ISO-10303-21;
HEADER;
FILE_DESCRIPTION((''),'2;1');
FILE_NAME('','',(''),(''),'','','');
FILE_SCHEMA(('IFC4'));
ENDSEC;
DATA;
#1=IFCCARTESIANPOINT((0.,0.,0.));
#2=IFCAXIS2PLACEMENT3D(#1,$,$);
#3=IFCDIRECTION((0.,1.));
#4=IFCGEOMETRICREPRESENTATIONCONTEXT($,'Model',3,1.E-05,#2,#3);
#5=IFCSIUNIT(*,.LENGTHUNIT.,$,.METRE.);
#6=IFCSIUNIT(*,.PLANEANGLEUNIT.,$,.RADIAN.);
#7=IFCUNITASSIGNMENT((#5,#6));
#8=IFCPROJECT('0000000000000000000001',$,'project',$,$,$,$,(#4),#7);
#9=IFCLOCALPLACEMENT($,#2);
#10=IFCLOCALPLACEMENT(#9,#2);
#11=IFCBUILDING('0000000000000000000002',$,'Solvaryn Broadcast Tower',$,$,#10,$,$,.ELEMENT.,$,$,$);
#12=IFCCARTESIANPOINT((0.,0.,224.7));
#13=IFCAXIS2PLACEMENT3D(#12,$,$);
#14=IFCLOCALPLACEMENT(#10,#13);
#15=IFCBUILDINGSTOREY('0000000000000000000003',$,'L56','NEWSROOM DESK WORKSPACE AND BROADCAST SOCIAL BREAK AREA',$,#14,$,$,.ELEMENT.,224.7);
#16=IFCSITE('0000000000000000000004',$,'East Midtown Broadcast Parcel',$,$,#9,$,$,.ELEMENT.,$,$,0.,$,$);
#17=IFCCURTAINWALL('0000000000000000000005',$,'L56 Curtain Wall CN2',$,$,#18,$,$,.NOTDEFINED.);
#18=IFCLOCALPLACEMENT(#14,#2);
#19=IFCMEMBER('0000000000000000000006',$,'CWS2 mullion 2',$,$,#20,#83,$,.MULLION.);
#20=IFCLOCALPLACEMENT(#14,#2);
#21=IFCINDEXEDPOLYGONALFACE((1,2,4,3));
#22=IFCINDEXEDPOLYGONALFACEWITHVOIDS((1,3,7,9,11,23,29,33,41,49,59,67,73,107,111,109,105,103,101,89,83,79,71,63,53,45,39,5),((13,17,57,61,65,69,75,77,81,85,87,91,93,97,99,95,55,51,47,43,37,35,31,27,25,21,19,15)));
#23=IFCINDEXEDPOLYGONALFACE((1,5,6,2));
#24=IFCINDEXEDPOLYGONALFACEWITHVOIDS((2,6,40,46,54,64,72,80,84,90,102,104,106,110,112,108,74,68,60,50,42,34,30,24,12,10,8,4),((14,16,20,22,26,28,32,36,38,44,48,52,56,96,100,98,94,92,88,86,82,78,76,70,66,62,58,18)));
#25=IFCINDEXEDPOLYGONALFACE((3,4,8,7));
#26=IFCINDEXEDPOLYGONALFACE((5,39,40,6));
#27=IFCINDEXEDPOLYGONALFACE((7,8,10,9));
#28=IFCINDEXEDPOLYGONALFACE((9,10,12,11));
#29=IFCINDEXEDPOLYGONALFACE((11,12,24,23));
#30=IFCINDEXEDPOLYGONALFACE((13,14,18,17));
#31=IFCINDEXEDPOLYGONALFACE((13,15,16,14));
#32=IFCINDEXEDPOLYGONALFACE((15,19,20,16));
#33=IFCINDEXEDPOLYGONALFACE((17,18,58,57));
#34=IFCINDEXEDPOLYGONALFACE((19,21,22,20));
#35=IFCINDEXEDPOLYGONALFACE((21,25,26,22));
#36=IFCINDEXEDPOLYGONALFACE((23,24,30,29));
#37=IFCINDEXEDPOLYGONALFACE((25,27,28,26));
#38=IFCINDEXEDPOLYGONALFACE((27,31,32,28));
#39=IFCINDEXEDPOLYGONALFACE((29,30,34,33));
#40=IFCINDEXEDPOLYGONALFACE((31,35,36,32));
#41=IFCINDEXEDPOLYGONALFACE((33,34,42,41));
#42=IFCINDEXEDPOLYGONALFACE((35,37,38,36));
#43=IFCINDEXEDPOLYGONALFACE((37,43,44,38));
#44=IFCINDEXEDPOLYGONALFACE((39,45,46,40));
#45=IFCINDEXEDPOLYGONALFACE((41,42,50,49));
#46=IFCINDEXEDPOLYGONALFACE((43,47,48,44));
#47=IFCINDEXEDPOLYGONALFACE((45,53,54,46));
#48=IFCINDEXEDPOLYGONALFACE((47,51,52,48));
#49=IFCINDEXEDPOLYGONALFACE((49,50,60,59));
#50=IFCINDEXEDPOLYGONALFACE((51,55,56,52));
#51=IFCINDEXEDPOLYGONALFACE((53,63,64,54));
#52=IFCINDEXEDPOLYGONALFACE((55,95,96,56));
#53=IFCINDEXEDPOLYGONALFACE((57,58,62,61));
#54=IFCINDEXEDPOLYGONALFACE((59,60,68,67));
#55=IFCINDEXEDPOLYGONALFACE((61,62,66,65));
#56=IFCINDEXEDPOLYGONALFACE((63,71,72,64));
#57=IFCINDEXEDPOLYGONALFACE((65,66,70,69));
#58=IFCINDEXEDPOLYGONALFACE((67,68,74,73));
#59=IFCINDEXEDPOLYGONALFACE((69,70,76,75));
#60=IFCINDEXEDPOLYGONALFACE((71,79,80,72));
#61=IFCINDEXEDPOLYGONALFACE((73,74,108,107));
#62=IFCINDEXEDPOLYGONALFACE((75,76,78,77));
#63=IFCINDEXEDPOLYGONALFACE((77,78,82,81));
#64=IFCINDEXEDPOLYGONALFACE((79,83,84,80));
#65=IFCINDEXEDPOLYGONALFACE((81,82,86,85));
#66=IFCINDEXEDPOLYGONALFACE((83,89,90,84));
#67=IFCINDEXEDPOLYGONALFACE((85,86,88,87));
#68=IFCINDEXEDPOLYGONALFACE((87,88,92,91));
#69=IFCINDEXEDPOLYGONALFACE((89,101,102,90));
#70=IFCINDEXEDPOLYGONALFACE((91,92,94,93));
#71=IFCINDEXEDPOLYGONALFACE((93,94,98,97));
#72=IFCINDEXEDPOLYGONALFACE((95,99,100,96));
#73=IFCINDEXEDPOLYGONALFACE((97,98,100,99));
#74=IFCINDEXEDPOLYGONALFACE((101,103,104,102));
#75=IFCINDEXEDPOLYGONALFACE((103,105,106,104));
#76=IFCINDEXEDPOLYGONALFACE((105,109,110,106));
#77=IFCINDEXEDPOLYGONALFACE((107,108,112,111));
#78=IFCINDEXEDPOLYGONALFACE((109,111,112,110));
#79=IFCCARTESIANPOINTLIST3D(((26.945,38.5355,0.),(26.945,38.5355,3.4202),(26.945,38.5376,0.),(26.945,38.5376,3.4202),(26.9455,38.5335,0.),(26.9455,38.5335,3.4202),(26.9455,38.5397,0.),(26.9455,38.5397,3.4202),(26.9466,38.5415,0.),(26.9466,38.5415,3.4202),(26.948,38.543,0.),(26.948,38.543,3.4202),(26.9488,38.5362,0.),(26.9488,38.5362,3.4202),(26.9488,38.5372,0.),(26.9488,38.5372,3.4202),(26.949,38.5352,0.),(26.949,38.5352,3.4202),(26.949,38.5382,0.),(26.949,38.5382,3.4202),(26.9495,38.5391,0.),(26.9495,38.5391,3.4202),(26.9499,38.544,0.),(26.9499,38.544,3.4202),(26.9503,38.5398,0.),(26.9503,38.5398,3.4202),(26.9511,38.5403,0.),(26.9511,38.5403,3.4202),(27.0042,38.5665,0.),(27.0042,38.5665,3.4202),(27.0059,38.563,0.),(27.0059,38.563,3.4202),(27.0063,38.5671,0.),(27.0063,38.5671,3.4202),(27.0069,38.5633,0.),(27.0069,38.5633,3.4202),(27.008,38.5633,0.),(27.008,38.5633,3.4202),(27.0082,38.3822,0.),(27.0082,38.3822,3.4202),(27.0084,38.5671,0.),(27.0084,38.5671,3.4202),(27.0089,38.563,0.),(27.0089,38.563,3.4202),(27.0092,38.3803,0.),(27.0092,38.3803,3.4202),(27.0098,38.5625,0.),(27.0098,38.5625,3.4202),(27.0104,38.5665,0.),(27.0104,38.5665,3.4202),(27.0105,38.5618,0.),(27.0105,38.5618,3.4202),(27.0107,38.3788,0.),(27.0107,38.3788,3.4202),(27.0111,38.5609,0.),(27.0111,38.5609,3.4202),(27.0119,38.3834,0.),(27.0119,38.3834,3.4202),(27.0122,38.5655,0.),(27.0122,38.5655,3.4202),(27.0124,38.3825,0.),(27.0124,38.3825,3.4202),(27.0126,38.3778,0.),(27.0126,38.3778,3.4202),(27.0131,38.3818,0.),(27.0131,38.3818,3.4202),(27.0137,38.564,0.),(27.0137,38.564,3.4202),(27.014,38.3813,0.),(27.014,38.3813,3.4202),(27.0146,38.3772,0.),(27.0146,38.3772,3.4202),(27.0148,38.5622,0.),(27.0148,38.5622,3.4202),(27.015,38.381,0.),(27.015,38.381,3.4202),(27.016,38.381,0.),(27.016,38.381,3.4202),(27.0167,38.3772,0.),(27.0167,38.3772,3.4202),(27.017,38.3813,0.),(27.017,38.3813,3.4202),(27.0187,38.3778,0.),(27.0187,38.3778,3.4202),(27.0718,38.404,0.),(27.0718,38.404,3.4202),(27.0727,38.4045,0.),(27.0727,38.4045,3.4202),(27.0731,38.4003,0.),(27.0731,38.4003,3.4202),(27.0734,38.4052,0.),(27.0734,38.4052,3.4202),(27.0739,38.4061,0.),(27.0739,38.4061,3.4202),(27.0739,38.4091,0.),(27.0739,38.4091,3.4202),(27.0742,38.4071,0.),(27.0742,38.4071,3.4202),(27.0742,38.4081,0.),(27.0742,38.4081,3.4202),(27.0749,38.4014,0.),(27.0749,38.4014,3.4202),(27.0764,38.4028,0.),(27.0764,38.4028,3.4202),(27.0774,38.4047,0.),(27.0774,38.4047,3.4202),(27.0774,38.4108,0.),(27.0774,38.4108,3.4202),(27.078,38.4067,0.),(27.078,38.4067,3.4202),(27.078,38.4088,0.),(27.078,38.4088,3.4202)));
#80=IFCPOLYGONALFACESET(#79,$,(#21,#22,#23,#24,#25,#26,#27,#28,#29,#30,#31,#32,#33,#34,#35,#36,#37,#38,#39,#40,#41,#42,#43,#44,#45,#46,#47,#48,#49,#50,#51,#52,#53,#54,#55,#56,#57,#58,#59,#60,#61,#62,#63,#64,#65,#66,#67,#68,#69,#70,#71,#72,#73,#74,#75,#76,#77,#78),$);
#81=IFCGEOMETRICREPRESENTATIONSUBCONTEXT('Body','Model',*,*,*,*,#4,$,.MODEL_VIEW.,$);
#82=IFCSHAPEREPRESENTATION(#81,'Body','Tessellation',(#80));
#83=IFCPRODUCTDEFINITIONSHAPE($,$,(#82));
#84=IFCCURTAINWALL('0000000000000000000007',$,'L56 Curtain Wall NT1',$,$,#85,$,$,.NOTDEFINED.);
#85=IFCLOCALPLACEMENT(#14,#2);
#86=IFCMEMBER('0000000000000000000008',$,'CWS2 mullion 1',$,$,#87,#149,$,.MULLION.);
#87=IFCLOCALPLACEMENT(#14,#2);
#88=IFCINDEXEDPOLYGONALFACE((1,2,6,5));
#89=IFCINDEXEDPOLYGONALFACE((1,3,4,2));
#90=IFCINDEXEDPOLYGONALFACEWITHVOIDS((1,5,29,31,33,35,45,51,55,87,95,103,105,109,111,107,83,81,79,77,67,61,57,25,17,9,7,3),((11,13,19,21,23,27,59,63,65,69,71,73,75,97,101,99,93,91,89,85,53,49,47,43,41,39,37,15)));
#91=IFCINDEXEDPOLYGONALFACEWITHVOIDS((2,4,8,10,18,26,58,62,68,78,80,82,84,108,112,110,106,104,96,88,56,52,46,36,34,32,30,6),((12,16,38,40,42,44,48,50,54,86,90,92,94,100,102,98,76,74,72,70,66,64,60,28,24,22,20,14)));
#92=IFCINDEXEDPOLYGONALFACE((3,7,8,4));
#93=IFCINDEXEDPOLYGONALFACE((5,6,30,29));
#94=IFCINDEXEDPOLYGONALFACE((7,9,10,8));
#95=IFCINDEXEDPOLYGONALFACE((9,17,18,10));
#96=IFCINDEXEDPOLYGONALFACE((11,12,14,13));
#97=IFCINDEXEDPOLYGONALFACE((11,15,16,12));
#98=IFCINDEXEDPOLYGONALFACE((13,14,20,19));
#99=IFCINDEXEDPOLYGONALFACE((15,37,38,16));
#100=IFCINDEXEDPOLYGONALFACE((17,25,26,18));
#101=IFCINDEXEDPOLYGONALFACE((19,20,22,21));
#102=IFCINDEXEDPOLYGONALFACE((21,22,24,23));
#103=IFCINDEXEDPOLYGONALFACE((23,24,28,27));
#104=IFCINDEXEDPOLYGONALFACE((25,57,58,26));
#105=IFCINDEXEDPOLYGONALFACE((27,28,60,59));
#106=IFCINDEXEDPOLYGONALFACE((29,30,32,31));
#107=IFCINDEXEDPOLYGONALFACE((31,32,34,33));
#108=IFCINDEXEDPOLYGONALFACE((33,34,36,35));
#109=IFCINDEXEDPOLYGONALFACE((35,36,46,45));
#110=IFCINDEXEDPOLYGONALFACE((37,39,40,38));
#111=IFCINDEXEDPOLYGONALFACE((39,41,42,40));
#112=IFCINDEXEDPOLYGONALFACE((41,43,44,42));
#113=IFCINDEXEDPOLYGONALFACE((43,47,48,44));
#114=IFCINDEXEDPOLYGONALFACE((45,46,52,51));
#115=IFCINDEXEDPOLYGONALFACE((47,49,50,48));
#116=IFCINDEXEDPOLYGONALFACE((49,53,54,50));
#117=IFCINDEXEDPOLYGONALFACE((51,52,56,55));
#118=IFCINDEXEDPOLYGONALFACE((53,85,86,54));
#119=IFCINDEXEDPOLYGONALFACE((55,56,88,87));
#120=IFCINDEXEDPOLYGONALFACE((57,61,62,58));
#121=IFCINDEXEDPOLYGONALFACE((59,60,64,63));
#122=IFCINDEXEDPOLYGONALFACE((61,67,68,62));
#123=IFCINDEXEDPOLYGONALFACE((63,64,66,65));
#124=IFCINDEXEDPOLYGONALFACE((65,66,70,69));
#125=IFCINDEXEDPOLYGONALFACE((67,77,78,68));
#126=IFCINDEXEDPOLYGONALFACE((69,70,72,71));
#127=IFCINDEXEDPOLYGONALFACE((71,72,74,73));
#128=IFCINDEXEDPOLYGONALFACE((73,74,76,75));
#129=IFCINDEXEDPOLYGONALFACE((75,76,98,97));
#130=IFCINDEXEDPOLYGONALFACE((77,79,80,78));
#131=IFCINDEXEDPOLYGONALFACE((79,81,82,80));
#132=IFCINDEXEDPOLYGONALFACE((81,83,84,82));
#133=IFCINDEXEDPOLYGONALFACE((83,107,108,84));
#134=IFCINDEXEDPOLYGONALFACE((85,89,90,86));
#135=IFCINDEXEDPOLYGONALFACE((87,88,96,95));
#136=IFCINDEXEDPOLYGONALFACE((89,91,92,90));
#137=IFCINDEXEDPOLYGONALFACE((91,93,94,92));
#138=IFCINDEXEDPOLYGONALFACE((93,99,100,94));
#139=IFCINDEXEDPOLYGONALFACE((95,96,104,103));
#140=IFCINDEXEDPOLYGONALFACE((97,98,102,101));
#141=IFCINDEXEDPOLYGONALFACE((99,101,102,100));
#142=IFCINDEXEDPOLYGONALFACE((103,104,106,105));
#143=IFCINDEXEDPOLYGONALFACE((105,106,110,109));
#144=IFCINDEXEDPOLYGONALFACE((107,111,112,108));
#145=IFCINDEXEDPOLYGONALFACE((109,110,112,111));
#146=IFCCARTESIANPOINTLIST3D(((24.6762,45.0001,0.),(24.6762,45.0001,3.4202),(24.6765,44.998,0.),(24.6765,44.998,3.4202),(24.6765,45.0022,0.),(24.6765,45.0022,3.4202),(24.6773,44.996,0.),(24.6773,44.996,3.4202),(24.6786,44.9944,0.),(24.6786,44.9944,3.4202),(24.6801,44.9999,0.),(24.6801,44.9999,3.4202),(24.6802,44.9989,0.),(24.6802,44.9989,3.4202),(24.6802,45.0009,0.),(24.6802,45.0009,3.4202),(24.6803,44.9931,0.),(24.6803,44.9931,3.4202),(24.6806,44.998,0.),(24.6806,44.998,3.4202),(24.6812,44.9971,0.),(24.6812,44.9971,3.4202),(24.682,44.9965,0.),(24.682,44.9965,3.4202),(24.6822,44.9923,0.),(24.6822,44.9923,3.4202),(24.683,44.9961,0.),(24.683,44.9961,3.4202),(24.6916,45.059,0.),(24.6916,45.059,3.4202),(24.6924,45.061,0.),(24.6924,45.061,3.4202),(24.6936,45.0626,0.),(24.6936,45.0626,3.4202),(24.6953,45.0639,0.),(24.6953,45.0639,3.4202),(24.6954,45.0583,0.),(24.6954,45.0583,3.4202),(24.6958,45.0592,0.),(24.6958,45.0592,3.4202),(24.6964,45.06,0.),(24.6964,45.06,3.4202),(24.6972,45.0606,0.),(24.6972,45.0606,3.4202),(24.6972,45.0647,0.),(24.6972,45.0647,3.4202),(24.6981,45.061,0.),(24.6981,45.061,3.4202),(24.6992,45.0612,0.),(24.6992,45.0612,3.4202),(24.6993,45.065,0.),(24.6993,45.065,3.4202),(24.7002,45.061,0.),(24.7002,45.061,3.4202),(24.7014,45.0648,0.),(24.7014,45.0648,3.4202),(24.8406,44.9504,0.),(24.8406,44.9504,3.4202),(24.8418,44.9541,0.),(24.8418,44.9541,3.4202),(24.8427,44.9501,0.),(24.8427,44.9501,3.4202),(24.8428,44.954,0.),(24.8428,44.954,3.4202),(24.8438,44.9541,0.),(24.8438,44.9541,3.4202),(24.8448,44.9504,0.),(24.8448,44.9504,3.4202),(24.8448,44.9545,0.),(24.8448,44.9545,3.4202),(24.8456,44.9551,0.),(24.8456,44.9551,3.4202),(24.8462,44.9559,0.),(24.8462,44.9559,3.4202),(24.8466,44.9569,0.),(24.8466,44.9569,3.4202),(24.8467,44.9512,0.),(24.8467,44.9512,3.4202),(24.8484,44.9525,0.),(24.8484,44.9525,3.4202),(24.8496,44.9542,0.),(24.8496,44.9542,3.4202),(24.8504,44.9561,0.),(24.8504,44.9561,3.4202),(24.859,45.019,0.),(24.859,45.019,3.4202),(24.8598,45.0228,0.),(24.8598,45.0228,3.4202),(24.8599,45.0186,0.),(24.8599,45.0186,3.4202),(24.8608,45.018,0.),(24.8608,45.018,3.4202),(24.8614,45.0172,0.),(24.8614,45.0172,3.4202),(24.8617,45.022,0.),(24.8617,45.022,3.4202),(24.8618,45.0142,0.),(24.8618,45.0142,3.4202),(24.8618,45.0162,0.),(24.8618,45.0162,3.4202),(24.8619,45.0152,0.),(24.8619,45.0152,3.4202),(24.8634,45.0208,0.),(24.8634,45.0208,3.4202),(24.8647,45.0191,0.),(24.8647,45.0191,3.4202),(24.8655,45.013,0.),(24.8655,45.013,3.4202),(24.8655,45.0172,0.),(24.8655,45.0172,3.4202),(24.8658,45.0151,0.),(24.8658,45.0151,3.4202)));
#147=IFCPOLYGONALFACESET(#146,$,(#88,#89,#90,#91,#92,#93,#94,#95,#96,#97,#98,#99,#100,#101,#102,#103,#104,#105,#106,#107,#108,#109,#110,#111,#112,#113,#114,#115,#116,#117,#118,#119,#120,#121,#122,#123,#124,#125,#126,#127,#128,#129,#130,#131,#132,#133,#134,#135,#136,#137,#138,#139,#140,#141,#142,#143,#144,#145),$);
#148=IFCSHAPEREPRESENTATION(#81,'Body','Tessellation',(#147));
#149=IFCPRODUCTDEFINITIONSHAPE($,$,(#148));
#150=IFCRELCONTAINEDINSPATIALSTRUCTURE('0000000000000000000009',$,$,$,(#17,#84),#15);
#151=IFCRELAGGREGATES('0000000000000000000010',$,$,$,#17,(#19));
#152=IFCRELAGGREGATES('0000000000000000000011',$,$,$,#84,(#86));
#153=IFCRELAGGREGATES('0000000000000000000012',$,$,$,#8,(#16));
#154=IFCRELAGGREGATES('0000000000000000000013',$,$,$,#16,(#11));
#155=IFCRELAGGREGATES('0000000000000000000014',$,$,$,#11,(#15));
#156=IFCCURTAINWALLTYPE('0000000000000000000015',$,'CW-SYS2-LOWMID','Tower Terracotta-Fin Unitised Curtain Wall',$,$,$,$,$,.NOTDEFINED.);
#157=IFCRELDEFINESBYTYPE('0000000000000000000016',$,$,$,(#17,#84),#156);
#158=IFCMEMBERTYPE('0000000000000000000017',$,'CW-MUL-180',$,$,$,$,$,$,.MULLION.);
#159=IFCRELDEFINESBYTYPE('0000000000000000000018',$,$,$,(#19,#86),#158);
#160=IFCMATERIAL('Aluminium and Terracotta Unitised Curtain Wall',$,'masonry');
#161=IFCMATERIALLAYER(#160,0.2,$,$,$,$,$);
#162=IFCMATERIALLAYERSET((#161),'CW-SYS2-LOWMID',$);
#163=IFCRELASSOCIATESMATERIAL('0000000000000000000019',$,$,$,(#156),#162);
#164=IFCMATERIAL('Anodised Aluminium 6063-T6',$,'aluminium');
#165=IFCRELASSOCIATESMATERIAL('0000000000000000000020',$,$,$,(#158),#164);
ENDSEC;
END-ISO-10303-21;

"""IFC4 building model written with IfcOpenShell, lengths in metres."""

from ifc_helpers import new_model, si_unit, direction, frame, origin, origin_2d, place, context, subcontext, project, spatial, hollow_rectangle, extrude, material, layer, layer_set, material_profile, profile_set, type_object, element, aggregate, save


model = new_model("IFC4")

# Units and contexts
model_context = context("Model", 3, precision=1e-05, world=origin(), true_north=direction((0.0, 1.0)))
body_context = subcontext(model_context, "Body", "Model", "MODEL_VIEW")
ifc_project = project(units=[si_unit("LENGTHUNIT", "METRE"), si_unit("PLANEANGLEUNIT", "RADIAN")], contexts=[model_context])

# Site, building, storey
site_placement = place(None, origin())
site = spatial("IfcSite", under=ifc_project, at=site_placement, Name="East Midtown Broadcast Parcel", CompositionType="ELEMENT", RefElevation=0.0)
building_placement = place(site_placement, origin())
building = spatial("IfcBuilding", under=site, at=building_placement, Name="Solvaryn Broadcast Tower", CompositionType="ELEMENT")
storey_placement = place(building_placement, frame((0.0, 0.0, 224.7)))
storey = spatial("IfcBuildingStorey", under=building, at=storey_placement, Name="L56", Description="NEWSROOM DESK WORKSPACE AND BROADCAST SOCIAL BREAK AREA", CompositionType="ELEMENT", Elevation=224.7)

# Shared definitions
ifc_material_1 = material(Name="Aluminium and Terracotta Unitised Curtain Wall", Category="masonry")
ifc_layer_1 = layer(ifc_material_1, 0.2)
ifc_layer_set_1 = layer_set([ifc_layer_1], Name="CW-SYS2-LOWMID")
curtain_wall_type = type_object("IfcCurtainWallType", Name="CW-SYS2-LOWMID", Description="Tower Terracotta-Fin Unitised Curtain Wall", PredefinedType="NOTDEFINED", material=ifc_layer_set_1)
ifc_material_2 = material(Name="Anodised Aluminium 6063-T6", Category="aluminium")
ifc_material_profile_1 = material_profile(ifc_material_2, hollow_rectangle(XDim=0.075, YDim=0.1799, WallThickness=0.0039, InnerFilletRadius=0.0039, OuterFilletRadius=0.0081, at=origin_2d()))
ifc_profile_set_1 = profile_set([ifc_material_profile_1], Name="Anodised Aluminium 6063-T6")
member_type_1 = type_object("IfcMemberType", Name="CW-MUL-180", PredefinedType="MULLION", material=ifc_profile_set_1)

# Curtain walls, members
curtain_wall_1_placement = place(storey_placement, origin())
curtain_wall_1 = element("IfcCurtainWall", 1, at=curtain_wall_1_placement, inside=storey, type_object=curtain_wall_type, Name="L56 Curtain Wall CN2", PredefinedType="NOTDEFINED")
member_1_placement = place(storey_placement, frame((27.0115, 38.4722, 0.0), z_axis=(0.0, 0.0, 1.0), x_axis=(-0.923895, -0.382646, 0.0)))
member_1 = element("IfcMember", 2, at=member_1_placement, type_object=member_type_1, Name="CWS2 mullion 2", PredefinedType="MULLION", context=body_context, shape_type="SweptSolid", body=[
    extrude(hollow_rectangle(XDim=0.075, YDim=0.1799, WallThickness=0.0039, InnerFilletRadius=0.0039, OuterFilletRadius=0.0081, at=origin_2d()), origin(), (0.0, 0.0, 1.0), 3.4202),
])
aggregate(curtain_wall_1, [member_1])
curtain_wall_2_placement = place(storey_placement, origin())
curtain_wall_2 = element("IfcCurtainWall", 3, at=curtain_wall_2_placement, inside=storey, type_object=curtain_wall_type, Name="L56 Curtain Wall NT1", PredefinedType="NOTDEFINED")
member_2_placement = place(storey_placement, frame((24.771, 45.0076, 0.0), z_axis=(0.0, 0.0, 1.0), x_axis=(-0.255893, -0.966705, 0.0)))
member_2 = element("IfcMember", 4, at=member_2_placement, type_object=member_type_1, Name="CWS2 mullion 1", PredefinedType="MULLION", context=body_context, shape_type="SweptSolid", body=[
    extrude(hollow_rectangle(XDim=0.075, YDim=0.1799, WallThickness=0.0039, InnerFilletRadius=0.0039, OuterFilletRadius=0.0081, at=origin_2d()), origin(), (0.0, 0.0, 1.0), 3.4202),
])

aggregate(curtain_wall_2, [member_2])

save(model, "model.ifc")
